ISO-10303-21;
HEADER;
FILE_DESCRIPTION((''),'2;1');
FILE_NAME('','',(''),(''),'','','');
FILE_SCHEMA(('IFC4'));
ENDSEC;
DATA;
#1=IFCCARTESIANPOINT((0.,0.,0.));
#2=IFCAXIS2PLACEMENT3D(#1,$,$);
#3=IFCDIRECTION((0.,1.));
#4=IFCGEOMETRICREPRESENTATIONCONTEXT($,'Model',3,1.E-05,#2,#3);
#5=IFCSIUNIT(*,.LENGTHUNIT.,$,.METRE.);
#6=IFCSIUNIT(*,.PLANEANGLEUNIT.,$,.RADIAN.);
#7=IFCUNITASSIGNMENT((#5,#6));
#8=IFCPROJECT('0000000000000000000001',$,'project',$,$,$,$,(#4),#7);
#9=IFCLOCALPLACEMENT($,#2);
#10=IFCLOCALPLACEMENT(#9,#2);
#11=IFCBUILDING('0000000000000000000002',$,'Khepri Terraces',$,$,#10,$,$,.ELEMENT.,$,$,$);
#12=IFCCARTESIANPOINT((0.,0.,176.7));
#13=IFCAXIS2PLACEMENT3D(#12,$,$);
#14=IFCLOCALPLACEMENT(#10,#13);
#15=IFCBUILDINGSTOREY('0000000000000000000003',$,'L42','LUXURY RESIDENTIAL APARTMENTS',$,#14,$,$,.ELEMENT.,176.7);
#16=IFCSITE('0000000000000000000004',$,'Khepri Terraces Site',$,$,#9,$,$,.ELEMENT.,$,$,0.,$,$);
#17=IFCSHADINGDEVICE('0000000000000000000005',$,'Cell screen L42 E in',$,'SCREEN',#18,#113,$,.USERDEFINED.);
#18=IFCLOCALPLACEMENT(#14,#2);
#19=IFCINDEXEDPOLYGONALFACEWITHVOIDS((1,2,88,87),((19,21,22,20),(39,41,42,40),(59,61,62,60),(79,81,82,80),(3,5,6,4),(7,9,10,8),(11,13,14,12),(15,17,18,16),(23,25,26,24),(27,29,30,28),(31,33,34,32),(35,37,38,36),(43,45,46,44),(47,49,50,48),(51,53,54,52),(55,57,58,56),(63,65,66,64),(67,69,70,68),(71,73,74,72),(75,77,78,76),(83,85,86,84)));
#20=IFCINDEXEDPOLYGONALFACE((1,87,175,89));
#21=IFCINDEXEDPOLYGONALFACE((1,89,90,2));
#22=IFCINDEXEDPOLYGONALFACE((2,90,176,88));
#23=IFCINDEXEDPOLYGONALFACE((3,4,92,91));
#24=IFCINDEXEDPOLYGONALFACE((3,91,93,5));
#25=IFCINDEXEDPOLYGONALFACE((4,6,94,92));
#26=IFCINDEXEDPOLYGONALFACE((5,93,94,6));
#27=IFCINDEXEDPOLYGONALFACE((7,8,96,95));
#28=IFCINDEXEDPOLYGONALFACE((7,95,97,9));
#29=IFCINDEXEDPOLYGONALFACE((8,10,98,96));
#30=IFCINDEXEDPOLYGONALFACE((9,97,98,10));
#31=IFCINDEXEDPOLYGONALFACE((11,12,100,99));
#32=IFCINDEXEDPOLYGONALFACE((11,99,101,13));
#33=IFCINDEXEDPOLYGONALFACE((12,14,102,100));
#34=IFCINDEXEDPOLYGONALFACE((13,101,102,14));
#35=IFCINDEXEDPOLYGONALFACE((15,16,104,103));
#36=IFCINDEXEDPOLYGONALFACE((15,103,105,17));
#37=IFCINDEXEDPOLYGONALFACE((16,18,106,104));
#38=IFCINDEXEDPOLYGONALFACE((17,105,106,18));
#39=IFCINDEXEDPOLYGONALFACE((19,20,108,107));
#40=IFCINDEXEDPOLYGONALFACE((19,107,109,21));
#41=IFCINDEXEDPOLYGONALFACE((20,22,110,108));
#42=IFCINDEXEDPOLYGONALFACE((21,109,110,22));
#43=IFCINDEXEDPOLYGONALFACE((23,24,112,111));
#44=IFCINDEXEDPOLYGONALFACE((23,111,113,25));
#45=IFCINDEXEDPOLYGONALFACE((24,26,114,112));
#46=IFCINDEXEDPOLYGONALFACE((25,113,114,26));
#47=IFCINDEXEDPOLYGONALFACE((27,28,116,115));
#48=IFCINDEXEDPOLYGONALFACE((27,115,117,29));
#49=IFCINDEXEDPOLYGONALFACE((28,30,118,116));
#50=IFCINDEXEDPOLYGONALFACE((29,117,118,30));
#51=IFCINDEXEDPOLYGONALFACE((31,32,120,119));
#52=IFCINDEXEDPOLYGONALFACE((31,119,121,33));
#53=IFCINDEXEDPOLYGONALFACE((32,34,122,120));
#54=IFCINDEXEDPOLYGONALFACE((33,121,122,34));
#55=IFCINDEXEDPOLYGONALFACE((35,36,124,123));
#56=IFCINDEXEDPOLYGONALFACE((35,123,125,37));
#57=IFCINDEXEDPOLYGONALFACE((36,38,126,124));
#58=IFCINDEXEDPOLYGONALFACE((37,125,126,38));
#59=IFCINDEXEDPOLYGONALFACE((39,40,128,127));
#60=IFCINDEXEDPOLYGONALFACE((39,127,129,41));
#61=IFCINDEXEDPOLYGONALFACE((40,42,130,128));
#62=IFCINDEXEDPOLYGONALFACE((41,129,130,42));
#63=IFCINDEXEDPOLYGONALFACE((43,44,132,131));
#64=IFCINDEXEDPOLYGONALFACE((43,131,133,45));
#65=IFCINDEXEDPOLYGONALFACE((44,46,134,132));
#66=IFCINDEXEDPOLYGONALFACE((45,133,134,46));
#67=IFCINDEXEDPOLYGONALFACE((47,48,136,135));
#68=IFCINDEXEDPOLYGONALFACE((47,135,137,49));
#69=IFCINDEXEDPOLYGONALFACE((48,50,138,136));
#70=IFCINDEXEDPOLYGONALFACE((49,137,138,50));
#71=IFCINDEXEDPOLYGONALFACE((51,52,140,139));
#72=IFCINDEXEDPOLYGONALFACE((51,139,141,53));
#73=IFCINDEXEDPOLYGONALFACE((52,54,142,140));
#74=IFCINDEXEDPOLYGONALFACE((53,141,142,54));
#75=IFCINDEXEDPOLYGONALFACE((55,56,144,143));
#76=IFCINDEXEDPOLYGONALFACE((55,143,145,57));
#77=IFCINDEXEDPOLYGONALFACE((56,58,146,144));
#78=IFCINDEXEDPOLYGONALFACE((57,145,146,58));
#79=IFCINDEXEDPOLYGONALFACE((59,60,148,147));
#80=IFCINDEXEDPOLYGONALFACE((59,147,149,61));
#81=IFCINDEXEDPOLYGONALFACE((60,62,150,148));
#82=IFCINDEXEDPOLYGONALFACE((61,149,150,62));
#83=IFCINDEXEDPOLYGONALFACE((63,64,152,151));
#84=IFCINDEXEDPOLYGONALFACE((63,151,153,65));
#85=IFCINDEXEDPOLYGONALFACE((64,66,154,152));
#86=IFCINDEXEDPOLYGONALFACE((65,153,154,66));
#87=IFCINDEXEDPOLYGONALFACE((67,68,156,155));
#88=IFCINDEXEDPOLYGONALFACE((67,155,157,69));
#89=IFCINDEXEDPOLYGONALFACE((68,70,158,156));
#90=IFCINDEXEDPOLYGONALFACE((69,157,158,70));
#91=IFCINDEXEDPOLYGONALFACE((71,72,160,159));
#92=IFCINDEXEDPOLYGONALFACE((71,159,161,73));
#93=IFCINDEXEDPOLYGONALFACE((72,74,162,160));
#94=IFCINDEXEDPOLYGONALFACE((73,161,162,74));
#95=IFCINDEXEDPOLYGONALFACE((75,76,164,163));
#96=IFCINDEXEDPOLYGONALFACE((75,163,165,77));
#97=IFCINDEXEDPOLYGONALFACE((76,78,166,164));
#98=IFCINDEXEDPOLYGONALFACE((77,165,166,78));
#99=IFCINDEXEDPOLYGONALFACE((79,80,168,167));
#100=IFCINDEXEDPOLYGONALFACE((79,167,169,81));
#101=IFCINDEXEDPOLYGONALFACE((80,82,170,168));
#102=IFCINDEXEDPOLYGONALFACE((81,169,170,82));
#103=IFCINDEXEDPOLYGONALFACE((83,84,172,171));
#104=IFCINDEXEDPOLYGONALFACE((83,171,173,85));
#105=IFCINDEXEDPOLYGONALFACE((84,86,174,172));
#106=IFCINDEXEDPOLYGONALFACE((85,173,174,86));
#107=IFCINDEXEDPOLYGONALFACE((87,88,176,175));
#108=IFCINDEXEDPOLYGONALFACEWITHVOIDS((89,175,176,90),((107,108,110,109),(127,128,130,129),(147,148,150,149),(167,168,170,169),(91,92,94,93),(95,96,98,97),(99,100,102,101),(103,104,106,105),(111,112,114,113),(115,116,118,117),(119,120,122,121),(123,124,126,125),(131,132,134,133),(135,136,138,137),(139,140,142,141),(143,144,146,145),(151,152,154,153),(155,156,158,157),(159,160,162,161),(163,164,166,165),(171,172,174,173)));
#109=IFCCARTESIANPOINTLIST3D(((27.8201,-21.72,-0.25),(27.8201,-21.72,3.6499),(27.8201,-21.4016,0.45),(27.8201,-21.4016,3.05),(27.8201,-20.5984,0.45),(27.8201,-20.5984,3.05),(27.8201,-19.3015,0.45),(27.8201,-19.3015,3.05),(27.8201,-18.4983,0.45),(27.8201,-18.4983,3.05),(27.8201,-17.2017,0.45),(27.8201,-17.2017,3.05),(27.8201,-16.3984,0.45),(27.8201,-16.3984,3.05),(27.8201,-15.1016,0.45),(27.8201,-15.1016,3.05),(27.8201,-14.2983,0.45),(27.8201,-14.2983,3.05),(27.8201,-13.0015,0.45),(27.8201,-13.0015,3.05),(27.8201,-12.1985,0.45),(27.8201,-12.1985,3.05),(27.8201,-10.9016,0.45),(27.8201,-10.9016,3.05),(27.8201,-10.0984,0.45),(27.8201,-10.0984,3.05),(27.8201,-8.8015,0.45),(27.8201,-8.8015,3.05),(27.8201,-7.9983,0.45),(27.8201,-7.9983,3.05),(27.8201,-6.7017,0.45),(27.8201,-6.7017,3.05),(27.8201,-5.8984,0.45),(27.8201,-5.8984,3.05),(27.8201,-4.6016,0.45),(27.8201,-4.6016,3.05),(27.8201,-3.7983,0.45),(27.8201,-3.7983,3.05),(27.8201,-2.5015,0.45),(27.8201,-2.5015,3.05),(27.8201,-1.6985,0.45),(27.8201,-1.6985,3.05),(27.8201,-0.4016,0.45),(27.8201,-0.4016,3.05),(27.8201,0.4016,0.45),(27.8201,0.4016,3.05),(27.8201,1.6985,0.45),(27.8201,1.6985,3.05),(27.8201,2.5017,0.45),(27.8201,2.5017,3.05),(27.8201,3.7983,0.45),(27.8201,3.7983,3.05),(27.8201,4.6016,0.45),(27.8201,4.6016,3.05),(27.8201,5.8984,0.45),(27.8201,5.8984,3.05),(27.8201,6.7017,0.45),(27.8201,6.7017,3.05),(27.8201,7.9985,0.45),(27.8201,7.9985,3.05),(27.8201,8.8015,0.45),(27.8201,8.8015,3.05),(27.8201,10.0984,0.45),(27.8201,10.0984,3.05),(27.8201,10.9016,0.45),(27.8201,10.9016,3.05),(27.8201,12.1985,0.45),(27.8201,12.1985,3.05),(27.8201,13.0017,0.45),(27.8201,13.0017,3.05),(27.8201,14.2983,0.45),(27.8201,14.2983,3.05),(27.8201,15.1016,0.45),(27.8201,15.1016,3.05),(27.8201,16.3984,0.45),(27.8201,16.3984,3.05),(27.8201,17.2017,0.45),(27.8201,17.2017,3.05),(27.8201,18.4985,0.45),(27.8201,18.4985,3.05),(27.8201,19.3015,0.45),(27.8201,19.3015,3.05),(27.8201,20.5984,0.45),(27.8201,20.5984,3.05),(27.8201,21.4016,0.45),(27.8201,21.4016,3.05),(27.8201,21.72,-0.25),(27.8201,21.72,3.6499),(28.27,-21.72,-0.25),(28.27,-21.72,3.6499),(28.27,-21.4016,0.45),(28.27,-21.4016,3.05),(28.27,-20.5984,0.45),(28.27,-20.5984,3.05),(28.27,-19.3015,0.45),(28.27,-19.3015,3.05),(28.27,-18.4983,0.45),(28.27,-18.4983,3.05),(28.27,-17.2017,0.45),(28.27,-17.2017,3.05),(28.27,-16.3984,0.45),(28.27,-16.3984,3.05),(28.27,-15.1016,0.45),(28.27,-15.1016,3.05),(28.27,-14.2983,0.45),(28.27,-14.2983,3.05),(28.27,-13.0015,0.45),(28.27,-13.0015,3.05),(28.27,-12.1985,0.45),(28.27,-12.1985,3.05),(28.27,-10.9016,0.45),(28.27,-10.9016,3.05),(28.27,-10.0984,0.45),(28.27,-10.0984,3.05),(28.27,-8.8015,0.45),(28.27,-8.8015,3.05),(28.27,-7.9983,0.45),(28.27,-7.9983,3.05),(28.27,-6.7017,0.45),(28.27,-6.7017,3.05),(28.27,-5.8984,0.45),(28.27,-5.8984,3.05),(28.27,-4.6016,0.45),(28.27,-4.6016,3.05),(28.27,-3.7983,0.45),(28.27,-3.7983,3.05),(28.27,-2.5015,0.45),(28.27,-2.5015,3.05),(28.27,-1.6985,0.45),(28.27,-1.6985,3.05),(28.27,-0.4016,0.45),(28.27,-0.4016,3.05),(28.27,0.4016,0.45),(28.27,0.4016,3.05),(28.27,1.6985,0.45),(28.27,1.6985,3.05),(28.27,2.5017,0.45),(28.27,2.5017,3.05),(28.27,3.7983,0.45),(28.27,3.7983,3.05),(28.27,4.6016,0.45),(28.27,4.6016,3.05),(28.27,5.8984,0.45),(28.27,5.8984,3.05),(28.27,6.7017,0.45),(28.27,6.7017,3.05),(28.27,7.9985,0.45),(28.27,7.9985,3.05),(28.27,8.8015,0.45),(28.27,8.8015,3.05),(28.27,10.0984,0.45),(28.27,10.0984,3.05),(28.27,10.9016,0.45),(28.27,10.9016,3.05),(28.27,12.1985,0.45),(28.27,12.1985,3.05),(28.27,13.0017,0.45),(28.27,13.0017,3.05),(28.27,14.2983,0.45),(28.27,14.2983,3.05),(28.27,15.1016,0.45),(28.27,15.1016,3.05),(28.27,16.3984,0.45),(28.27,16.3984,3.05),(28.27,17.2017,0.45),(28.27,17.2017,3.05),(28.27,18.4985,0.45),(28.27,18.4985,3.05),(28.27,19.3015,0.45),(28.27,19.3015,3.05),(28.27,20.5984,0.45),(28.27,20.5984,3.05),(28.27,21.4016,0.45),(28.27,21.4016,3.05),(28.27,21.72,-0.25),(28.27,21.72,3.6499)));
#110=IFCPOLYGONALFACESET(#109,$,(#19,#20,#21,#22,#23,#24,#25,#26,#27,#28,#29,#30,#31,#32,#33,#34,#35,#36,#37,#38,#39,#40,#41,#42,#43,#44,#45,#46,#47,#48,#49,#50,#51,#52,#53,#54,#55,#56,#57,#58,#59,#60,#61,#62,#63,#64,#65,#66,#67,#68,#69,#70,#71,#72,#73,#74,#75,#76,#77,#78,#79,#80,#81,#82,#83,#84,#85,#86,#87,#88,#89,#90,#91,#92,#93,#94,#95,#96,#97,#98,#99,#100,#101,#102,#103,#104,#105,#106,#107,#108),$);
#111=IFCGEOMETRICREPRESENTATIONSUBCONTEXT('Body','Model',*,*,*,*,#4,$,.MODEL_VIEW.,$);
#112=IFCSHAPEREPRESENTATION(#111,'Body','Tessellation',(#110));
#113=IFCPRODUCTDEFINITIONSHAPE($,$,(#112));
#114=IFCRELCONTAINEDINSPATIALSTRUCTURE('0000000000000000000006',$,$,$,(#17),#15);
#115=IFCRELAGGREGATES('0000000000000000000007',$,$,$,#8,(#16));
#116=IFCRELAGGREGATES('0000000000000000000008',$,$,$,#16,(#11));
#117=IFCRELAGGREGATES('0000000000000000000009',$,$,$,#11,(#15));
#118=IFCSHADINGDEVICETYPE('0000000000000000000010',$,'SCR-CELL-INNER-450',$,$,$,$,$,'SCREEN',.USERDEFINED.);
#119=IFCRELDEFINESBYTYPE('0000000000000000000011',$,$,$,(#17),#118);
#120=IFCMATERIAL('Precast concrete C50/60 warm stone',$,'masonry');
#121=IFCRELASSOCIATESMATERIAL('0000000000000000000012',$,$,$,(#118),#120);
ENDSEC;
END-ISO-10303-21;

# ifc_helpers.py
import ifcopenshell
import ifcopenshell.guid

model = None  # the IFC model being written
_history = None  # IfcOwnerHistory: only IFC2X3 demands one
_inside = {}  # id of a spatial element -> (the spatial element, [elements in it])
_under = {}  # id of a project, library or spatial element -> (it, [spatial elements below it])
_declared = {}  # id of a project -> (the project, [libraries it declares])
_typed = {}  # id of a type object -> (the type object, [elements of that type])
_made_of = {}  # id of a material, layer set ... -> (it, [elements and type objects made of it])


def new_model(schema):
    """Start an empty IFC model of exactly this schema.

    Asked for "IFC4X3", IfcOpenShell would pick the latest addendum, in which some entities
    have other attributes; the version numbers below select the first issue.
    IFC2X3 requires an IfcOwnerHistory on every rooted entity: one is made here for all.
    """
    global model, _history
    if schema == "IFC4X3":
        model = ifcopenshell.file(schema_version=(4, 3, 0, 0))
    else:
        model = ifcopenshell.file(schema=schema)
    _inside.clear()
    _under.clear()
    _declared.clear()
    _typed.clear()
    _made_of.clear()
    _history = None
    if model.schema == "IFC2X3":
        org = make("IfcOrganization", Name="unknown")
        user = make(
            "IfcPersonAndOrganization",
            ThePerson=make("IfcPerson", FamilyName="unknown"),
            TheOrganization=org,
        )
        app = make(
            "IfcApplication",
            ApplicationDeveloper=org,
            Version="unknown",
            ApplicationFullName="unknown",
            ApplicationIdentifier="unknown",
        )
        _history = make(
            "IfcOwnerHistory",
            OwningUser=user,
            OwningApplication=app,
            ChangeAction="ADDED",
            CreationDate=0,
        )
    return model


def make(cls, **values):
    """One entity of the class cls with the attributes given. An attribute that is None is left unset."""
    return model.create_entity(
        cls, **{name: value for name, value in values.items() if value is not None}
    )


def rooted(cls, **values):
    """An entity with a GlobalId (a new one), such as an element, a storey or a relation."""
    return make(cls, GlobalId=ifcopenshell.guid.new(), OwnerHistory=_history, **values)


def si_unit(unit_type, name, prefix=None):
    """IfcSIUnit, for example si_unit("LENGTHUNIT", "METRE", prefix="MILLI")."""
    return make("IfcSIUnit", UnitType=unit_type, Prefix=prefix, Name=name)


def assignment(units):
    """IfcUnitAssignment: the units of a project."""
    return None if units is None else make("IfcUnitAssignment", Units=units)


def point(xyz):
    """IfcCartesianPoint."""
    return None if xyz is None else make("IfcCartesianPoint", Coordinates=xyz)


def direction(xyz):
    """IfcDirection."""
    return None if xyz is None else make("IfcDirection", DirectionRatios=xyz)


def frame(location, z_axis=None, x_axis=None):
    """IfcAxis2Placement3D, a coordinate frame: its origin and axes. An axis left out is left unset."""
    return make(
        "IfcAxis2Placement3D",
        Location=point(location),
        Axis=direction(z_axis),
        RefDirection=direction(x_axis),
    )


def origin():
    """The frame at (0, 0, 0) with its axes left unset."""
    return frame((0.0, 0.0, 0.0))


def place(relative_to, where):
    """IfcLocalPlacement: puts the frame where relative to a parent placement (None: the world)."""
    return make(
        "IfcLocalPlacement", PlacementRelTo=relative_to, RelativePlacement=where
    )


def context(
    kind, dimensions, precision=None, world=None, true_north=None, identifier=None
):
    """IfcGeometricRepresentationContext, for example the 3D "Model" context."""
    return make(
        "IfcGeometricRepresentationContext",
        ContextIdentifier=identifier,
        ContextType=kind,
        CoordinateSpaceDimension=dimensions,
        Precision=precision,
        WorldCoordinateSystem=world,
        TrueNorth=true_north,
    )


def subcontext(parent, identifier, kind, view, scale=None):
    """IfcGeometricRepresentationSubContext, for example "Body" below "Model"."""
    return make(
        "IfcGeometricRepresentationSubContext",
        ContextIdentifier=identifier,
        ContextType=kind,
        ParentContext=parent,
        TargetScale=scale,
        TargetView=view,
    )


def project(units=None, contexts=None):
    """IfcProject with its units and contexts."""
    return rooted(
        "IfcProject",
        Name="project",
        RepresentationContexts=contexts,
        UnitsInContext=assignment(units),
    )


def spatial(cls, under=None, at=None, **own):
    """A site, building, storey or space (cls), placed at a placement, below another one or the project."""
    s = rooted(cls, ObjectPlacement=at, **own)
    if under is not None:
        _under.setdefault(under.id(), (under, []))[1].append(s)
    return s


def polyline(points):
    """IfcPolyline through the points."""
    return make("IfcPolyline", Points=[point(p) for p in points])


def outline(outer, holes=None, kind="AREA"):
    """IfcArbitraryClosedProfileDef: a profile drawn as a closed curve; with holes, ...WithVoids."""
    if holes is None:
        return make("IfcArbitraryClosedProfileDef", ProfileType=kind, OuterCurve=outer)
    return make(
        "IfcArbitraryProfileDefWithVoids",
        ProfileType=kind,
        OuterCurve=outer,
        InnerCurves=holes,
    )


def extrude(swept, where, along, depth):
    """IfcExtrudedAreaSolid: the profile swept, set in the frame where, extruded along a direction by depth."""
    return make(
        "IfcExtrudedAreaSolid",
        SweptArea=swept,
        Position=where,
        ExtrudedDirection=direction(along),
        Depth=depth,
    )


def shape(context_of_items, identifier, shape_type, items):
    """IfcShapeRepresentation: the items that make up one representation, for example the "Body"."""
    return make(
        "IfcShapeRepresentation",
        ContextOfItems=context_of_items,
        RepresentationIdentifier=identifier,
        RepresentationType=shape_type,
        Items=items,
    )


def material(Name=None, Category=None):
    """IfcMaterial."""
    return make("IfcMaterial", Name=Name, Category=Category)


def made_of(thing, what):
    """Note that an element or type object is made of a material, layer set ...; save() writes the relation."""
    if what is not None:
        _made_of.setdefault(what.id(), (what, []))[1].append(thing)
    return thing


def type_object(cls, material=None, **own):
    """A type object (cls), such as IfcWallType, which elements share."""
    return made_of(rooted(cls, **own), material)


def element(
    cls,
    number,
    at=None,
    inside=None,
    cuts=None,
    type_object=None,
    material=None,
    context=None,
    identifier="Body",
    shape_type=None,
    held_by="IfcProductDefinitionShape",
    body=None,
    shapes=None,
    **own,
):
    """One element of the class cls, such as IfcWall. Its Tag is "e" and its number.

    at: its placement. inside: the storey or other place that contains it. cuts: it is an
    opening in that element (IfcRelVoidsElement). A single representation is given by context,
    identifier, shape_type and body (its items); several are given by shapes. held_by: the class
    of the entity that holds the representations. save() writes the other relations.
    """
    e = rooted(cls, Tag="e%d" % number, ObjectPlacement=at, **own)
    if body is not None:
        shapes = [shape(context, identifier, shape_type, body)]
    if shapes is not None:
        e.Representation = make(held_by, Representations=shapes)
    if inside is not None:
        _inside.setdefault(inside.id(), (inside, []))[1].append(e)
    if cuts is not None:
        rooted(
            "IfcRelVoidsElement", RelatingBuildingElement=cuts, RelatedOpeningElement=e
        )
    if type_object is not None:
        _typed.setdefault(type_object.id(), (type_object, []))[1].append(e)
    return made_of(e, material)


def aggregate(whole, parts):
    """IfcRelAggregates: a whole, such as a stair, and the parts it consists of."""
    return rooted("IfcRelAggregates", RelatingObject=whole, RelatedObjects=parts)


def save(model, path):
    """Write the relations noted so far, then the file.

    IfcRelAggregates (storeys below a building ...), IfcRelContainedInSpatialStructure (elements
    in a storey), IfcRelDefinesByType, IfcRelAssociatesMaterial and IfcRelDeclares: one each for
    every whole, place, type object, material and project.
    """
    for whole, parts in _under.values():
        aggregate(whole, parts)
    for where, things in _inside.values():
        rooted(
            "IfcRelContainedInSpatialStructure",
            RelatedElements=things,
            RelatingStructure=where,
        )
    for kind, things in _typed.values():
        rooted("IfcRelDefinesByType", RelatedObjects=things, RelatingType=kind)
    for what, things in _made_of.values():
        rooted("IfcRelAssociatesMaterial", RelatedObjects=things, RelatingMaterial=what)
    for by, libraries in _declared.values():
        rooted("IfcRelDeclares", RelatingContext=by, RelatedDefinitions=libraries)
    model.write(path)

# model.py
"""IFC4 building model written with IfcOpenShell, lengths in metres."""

from ifc_helpers import new_model, si_unit, direction, frame, origin, place, context, subcontext, project, spatial, polyline, outline, extrude, material, type_object, element, save


model = new_model("IFC4")

# Units and contexts
model_context = context("Model", 3, precision=1e-05, world=origin(), true_north=direction((0.0, 1.0)))
body_context = subcontext(model_context, "Body", "Model", "MODEL_VIEW")
ifc_project = project(units=[si_unit("LENGTHUNIT", "METRE"), si_unit("PLANEANGLEUNIT", "RADIAN")], contexts=[model_context])

# Site, building, storey
site_placement = place(None, origin())
site = spatial("IfcSite", under=ifc_project, at=site_placement, Name="Khepri Terraces Site", CompositionType="ELEMENT", RefElevation=0.0)
building_placement = place(site_placement, origin())
building = spatial("IfcBuilding", under=site, at=building_placement, Name="Khepri Terraces", CompositionType="ELEMENT")
storey_placement = place(building_placement, frame((0.0, 0.0, 176.7)))
storey = spatial("IfcBuildingStorey", under=building, at=storey_placement, Name="L42", Description="LUXURY RESIDENTIAL APARTMENTS", CompositionType="ELEMENT", Elevation=176.7)

# Shared definitions
ifc_material_1 = material(Name="Precast concrete C50/60 warm stone", Category="masonry")

# Shading device
shading_device_type_1 = type_object("IfcShadingDeviceType", Name="SCR-CELL-INNER-450", ElementType="SCREEN", PredefinedType="USERDEFINED", material=ifc_material_1)
shading_device_1_placement = place(storey_placement, frame((27.8201, -21.72, -0.25), z_axis=(1.0, 0.0, 0.0), x_axis=(0.0, 1.0, 0.0)))
element("IfcShadingDevice", 1, at=shading_device_1_placement, inside=storey, type_object=shading_device_type_1, Name="Cell screen L42 E in", ObjectType="SCREEN", PredefinedType="USERDEFINED", context=body_context, shape_type="SweptSolid", body=[
    extrude(outline(polyline([(0.0, 0.0), (43.4399, 0.0), (43.4399, 3.8999), (0.0, 3.8999), (0.0, 0.0)]), holes=[polyline([(0.3184, 0.7), (1.1216, 0.7), (1.1216, 3.3), (0.3184, 3.3), (0.3184, 0.7)]), polyline([(2.4185, 0.7), (3.2217, 0.7), (3.2217, 3.3), (2.4185, 3.3), (2.4185, 0.7)]), polyline([(4.5183, 0.7), (5.3215, 0.7), (5.3215, 3.3), (4.5183, 3.3), (4.5183, 0.7)]), polyline([(6.6184, 0.7), (7.4216, 0.7), (7.4216, 3.3), (6.6184, 3.3), (6.6184, 0.7)]), polyline([(8.7185, 0.7), (9.5215, 0.7), (9.5215, 3.3), (8.7185, 3.3), (8.7185, 0.7)]), polyline([(10.8184, 0.7), (11.6216, 0.7), (11.6216, 3.3), (10.8184, 3.3), (10.8184, 0.7)]), polyline([(12.9185, 0.7), (13.7217, 0.7), (13.7217, 3.3), (12.9185, 3.3), (12.9185, 0.7)]), polyline([(15.0183, 0.7), (15.8215, 0.7), (15.8215, 3.3), (15.0183, 3.3), (15.0183, 0.7)]), polyline([(17.1184, 0.7), (17.9216, 0.7), (17.9216, 3.3), (17.1184, 3.3), (17.1184, 0.7)]), polyline([(19.2185, 0.7), (20.0215, 0.7), (20.0215, 3.3), (19.2185, 3.3), (19.2185, 0.7)]), polyline([(21.3184, 0.7), (22.1216, 0.7), (22.1216, 3.3), (21.3184, 3.3), (21.3184, 0.7)]), polyline([(23.4185, 0.7), (24.2217, 0.7), (24.2217, 3.3), (23.4185, 3.3), (23.4185, 0.7)]), polyline([(25.5183, 0.7), (26.3215, 0.7), (26.3215, 3.3), (25.5183, 3.3), (25.5183, 0.7)]), polyline([(27.6184, 0.7), (28.4216, 0.7), (28.4216, 3.3), (27.6184, 3.3), (27.6184, 0.7)]), polyline([(29.7185, 0.7), (30.5215, 0.7), (30.5215, 3.3), (29.7185, 3.3), (29.7185, 0.7)]), polyline([(31.8184, 0.7), (32.6216, 0.7), (32.6216, 3.3), (31.8184, 3.3), (31.8184, 0.7)]), polyline([(33.9185, 0.7), (34.7217, 0.7), (34.7217, 3.3), (33.9185, 3.3), (33.9185, 0.7)]), polyline([(36.0183, 0.7), (36.8215, 0.7), (36.8215, 3.3), (36.0183, 3.3), (36.0183, 0.7)]), polyline([(38.1184, 0.7), (38.9216, 0.7), (38.9216, 3.3), (38.1184, 3.3), (38.1184, 0.7)]), polyline([(40.2185, 0.7), (41.0215, 0.7), (41.0215, 3.3), (40.2185, 3.3), (40.2185, 0.7)]), polyline([(42.3184, 0.7), (43.1216, 0.7), (43.1216, 3.3), (42.3184, 3.3), (42.3184, 0.7)])]), origin(), (0.0, 0.0, 1.0), 0.45),
])

save(model, "model.ifc")
